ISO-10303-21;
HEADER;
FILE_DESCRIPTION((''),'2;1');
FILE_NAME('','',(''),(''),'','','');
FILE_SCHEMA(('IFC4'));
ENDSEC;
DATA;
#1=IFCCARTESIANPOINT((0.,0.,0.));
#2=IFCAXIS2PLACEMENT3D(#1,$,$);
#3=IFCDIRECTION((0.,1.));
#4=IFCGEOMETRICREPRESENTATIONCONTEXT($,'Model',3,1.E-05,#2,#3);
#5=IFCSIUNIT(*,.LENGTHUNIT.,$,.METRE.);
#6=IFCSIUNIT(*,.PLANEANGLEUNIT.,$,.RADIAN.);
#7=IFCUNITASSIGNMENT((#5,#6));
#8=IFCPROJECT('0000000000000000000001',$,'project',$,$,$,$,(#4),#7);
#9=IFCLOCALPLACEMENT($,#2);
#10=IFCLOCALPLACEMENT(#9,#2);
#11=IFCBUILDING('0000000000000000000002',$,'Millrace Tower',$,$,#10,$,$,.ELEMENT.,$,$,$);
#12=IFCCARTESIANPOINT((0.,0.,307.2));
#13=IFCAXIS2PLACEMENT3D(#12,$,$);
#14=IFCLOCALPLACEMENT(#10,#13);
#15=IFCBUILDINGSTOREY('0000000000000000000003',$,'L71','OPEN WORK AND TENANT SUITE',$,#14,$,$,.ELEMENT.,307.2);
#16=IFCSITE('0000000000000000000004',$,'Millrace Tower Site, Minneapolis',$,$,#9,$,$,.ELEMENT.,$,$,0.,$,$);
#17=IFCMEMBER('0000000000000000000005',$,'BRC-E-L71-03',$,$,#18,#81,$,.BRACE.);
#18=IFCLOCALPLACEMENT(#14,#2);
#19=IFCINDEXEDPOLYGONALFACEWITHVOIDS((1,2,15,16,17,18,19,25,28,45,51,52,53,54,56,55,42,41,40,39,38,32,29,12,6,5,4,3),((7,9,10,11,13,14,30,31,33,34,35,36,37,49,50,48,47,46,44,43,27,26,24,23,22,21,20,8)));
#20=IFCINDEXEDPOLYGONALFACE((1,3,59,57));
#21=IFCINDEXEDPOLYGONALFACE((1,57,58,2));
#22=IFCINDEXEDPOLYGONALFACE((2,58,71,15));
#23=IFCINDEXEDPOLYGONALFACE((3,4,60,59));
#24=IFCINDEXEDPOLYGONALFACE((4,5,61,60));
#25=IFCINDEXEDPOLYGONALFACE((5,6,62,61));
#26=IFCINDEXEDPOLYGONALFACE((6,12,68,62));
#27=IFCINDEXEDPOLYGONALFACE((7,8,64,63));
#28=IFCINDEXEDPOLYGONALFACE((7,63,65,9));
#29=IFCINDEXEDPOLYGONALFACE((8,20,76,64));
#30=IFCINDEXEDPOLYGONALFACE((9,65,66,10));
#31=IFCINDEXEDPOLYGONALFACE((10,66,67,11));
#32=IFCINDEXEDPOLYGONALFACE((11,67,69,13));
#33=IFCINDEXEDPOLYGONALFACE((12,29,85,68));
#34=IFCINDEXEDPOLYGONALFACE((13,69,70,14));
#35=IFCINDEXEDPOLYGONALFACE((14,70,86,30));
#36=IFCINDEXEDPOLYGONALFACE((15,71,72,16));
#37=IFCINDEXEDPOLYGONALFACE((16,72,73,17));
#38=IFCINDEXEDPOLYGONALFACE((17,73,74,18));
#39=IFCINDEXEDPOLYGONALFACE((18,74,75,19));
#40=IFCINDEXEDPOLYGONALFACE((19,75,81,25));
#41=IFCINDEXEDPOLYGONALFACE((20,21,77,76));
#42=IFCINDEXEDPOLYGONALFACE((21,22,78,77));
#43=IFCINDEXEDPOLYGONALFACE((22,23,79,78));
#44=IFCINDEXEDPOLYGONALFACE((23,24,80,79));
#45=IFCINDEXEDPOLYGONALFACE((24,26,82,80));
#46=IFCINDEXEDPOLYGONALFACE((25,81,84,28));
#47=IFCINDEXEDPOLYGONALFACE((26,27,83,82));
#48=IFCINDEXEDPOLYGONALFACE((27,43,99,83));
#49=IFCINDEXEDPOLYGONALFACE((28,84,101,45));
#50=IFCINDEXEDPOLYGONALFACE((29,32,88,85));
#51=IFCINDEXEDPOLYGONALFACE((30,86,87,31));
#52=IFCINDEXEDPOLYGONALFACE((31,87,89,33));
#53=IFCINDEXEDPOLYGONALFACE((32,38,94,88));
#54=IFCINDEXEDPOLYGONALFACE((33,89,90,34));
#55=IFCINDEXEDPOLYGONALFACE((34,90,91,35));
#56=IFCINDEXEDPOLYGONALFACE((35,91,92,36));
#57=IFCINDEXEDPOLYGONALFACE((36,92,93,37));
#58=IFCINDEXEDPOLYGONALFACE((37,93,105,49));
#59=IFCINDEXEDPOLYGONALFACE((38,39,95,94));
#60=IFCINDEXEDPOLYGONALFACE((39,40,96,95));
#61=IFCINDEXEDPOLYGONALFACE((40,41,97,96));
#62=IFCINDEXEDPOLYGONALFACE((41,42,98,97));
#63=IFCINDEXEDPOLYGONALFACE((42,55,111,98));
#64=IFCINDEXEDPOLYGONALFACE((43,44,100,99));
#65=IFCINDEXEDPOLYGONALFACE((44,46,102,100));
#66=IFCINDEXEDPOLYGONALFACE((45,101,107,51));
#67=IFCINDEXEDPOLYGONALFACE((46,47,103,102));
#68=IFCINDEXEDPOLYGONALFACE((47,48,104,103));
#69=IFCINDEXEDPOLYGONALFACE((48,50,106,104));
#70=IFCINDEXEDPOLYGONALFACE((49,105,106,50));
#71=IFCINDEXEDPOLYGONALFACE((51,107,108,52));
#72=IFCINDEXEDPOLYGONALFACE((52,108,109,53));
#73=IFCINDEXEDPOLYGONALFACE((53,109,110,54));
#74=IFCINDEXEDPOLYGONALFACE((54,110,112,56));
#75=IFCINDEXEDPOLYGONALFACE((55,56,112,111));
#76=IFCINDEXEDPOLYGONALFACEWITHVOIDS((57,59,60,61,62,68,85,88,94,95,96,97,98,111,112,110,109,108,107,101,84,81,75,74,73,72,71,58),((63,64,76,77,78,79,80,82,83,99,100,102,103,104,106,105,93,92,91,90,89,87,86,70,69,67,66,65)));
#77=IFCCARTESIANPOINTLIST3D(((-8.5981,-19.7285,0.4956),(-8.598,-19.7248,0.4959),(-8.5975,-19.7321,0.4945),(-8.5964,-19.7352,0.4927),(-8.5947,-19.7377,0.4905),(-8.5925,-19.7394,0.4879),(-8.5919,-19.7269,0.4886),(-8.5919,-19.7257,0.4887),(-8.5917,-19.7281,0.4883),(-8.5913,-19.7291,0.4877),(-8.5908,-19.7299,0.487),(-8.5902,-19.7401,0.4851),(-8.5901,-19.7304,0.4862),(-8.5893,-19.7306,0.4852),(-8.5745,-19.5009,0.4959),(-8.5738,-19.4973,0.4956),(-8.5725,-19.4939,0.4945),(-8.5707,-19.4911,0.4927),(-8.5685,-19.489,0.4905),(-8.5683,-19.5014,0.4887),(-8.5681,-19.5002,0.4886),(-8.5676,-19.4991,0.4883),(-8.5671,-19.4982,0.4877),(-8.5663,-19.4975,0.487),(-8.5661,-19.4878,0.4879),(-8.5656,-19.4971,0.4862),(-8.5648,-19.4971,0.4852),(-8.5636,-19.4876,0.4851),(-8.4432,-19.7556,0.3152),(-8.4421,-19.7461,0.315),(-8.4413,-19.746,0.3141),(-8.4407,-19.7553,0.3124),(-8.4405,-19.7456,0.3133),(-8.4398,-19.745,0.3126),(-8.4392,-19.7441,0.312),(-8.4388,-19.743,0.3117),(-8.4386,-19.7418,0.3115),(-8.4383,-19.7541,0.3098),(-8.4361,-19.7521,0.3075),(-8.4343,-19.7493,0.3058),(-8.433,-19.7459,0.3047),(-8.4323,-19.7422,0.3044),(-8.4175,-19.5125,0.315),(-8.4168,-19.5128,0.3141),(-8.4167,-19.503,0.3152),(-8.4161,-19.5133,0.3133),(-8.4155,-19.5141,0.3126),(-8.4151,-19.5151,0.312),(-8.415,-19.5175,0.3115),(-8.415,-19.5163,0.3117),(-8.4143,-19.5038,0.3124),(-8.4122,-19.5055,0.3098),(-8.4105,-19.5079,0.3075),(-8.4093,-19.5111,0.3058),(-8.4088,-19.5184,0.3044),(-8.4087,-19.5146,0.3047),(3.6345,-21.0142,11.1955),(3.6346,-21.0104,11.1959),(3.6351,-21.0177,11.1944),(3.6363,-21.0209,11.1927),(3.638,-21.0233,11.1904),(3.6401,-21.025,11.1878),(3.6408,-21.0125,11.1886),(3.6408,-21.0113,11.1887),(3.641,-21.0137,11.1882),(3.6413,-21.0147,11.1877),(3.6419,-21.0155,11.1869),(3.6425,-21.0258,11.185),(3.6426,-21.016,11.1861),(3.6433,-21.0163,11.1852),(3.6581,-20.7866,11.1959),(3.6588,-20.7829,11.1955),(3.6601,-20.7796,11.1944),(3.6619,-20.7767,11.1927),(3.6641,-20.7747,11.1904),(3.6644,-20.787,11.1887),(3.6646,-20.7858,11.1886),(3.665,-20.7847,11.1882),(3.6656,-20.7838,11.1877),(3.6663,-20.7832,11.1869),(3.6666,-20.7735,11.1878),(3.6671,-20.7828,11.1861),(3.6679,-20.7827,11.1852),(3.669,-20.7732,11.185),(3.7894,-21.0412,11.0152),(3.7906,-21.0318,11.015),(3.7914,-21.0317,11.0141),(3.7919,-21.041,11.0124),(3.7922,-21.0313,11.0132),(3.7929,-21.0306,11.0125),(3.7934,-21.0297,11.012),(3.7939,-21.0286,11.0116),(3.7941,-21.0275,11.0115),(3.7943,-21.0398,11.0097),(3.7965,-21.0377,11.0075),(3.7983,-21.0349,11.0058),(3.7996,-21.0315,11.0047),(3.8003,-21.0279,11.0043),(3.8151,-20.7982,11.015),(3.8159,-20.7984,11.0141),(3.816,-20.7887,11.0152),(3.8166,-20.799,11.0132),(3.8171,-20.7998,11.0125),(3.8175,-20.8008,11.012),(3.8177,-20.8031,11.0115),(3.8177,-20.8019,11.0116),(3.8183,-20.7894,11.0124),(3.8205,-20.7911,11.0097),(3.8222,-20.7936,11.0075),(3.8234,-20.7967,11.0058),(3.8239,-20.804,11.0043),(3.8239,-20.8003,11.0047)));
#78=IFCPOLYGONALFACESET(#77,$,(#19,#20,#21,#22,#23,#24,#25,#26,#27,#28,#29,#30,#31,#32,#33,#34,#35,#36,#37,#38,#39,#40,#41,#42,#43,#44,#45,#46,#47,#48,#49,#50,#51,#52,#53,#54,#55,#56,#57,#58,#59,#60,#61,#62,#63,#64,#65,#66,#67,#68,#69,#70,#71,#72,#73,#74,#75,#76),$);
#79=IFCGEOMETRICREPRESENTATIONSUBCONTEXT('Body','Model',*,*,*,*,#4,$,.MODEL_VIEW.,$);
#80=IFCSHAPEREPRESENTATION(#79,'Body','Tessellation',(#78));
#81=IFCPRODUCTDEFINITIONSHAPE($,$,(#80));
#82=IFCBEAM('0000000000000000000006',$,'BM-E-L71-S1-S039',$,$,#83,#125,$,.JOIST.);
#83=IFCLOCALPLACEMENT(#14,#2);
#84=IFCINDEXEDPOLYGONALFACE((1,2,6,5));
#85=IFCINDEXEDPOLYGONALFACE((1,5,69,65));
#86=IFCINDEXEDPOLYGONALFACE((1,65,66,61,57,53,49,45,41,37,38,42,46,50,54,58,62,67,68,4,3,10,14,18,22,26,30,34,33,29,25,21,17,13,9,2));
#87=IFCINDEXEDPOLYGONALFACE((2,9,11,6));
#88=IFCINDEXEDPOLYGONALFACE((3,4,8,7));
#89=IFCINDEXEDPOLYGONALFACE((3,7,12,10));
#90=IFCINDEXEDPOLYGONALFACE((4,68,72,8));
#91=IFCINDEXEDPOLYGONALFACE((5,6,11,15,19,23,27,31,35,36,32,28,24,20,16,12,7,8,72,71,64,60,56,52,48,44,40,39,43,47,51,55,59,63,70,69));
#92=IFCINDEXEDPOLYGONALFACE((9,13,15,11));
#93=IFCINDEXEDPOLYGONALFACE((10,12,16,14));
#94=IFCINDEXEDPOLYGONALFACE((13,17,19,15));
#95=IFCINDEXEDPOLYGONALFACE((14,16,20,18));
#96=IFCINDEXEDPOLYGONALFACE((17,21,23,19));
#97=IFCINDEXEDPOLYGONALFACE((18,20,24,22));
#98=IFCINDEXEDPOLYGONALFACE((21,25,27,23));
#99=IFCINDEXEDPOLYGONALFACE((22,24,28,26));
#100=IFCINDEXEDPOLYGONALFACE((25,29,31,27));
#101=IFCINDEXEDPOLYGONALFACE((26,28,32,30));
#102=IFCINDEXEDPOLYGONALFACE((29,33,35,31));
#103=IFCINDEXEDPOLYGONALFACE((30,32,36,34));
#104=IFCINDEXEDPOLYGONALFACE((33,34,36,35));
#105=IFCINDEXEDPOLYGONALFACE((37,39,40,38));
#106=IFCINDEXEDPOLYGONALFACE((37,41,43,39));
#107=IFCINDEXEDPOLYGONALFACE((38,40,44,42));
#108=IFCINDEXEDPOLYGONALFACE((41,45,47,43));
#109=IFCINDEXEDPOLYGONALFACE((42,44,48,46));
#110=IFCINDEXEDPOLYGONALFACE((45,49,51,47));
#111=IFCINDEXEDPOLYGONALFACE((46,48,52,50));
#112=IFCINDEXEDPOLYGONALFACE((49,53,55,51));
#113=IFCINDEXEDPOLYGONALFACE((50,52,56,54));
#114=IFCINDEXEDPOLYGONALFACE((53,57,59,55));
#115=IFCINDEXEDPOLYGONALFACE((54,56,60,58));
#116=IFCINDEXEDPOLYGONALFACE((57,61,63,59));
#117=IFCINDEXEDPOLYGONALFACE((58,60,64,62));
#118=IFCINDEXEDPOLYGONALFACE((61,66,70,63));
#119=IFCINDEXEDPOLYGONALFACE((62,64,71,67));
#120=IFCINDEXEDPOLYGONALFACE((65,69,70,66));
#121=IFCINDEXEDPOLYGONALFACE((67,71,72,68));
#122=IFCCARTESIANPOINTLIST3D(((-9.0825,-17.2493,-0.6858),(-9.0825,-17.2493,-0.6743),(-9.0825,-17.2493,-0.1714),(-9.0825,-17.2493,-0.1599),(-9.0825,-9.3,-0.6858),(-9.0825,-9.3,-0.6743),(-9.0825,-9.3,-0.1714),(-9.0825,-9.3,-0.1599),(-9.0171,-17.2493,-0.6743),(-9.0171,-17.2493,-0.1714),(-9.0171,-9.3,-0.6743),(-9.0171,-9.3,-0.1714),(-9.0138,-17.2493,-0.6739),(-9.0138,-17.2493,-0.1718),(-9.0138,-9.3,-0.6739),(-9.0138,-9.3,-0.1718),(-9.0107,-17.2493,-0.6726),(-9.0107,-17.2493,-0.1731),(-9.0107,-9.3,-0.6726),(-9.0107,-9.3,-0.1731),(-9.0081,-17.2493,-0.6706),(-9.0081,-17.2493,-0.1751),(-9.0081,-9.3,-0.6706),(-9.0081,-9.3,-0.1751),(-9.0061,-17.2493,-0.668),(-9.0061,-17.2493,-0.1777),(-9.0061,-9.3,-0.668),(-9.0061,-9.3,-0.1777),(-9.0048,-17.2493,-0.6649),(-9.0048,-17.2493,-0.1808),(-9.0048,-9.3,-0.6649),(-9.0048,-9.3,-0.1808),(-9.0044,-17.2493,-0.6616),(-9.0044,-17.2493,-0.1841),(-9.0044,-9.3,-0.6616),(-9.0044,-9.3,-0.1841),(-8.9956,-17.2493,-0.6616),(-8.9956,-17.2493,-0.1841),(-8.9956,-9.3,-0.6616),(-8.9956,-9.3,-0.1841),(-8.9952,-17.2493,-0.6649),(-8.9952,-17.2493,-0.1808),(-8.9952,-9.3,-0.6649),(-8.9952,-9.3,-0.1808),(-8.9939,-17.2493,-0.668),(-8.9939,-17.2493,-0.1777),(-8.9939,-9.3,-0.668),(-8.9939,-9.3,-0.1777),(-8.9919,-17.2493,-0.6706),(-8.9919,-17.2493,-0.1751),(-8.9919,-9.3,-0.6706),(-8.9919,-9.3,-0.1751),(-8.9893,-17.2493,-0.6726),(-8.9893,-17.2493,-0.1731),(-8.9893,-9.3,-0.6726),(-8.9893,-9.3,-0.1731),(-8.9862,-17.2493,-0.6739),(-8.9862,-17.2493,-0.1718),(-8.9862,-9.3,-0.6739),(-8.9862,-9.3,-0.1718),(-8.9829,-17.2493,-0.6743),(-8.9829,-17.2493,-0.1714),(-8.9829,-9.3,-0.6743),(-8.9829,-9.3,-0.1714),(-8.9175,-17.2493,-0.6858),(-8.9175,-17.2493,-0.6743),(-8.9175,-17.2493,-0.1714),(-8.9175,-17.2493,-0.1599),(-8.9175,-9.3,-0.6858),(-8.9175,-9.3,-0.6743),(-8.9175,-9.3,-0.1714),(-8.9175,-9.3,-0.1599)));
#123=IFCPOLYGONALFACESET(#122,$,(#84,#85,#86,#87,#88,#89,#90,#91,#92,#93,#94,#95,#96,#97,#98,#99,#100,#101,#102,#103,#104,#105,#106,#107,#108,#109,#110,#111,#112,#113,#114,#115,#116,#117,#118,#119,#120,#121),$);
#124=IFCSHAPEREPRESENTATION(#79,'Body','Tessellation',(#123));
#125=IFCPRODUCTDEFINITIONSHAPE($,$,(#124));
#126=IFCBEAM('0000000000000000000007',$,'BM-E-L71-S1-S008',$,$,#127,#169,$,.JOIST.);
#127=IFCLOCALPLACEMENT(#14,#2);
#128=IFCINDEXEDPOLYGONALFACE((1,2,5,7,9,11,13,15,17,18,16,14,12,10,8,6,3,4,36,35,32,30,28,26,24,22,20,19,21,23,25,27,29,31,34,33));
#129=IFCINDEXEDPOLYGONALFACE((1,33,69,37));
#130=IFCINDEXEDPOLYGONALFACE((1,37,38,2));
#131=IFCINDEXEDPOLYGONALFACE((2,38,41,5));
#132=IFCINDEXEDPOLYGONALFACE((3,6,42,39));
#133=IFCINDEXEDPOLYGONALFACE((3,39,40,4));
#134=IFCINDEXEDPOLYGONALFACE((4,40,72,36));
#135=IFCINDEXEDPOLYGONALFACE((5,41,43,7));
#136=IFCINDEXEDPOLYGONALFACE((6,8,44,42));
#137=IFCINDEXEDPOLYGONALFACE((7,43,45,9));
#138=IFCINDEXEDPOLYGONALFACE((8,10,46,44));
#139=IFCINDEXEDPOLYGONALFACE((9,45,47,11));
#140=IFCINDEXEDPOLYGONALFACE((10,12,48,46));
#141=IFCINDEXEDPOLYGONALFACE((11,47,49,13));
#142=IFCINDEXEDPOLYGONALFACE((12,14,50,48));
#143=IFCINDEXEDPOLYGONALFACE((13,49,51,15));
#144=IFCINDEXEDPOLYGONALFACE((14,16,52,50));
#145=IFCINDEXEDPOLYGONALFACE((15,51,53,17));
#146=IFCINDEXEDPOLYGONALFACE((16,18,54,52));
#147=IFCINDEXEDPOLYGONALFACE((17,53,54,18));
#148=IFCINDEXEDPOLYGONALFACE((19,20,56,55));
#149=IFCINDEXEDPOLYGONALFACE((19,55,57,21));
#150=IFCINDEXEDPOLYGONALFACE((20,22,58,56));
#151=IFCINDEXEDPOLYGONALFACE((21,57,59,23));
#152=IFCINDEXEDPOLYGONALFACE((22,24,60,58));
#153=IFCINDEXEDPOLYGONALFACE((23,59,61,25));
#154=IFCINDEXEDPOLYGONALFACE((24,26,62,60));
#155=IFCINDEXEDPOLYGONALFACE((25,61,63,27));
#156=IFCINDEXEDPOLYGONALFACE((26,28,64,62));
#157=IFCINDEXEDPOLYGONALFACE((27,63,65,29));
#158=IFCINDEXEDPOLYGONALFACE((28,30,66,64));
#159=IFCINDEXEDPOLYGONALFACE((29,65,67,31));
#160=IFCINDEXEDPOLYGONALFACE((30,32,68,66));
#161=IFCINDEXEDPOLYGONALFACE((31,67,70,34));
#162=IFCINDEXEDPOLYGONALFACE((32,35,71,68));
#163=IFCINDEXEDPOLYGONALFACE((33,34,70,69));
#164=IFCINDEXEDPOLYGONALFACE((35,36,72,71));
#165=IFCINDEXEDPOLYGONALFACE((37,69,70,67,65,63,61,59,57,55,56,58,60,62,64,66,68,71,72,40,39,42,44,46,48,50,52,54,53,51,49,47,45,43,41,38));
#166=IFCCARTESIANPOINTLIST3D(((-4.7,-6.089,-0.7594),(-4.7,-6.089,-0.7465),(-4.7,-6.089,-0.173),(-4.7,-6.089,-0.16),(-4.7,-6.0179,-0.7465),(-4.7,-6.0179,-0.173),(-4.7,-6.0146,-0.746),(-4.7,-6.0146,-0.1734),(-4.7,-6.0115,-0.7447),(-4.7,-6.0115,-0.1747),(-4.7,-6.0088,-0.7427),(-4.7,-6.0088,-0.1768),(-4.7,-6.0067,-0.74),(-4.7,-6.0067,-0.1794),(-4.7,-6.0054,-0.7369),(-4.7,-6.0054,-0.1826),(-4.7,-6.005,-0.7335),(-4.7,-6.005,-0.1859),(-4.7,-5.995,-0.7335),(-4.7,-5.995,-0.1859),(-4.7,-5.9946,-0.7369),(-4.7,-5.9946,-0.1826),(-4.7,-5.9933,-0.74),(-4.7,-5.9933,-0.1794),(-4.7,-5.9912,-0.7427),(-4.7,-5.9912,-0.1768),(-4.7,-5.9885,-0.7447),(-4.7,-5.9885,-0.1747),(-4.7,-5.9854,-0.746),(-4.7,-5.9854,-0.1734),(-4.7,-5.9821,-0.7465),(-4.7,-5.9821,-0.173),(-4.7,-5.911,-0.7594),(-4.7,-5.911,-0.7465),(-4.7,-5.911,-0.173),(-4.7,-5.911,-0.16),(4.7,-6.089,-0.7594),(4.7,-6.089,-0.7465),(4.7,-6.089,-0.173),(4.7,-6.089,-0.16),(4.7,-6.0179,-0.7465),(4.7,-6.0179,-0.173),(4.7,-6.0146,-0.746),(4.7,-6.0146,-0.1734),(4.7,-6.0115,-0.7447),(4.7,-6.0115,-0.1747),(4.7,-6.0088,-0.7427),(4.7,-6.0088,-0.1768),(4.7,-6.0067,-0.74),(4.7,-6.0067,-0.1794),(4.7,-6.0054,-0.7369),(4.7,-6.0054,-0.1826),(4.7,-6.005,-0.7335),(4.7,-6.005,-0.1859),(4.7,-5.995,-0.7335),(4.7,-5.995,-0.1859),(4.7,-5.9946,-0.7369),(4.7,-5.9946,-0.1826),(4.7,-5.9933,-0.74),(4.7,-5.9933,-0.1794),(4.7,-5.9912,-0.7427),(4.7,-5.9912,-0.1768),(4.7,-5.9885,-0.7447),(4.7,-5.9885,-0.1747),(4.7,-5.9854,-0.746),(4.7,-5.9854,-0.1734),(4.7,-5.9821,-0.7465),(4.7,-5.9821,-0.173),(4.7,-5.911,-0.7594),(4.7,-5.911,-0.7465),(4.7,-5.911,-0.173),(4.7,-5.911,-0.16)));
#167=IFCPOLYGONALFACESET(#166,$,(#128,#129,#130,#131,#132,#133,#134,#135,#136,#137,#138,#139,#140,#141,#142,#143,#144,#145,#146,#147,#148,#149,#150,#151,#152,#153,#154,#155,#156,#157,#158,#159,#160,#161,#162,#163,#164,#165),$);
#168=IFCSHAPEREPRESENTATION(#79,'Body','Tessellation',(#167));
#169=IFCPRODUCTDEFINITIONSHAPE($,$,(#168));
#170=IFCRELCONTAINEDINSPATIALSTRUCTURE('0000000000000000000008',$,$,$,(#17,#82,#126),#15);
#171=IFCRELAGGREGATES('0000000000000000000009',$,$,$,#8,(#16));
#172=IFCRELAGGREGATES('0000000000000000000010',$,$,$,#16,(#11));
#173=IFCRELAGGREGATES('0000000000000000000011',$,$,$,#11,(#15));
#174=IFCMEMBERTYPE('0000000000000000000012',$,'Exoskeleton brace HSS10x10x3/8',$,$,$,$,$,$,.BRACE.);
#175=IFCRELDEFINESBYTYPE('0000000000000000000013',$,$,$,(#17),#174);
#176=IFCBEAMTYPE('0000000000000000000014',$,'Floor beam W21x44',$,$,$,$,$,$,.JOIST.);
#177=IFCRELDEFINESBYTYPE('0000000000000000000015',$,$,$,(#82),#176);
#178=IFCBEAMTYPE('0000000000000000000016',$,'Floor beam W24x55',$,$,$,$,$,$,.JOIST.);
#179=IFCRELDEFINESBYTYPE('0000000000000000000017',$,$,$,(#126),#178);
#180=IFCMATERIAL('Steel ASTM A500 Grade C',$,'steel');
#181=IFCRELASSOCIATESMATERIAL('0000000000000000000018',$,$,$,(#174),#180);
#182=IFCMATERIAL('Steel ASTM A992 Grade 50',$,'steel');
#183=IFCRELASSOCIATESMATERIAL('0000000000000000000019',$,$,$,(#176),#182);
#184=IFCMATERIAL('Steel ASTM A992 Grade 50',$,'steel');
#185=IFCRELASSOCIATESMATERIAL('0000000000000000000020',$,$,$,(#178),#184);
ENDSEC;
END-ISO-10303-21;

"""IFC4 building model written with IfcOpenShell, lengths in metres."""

from ifc_helpers import new_model, si_unit, direction, frame, origin, origin_2d, place, context, subcontext, project, spatial, hollow_rectangle, i_section, extrude, material, material_profile, profile_set, type_object, element, save


model = new_model("IFC4")

# Units and contexts
model_context = context("Model", 3, precision=1e-05, world=origin(), true_north=direction((0.0, 1.0)))
body_context = subcontext(model_context, "Body", "Model", "MODEL_VIEW")
ifc_project = project(units=[si_unit("LENGTHUNIT", "METRE"), si_unit("PLANEANGLEUNIT", "RADIAN")], contexts=[model_context])

# Site, building, storey
site_placement = place(None, origin())
site = spatial("IfcSite", under=ifc_project, at=site_placement, Name="Millrace Tower Site, Minneapolis", CompositionType="ELEMENT", RefElevation=0.0)
building_placement = place(site_placement, origin())
building = spatial("IfcBuilding", under=site, at=building_placement, Name="Millrace Tower", CompositionType="ELEMENT")
storey_placement = place(building_placement, frame((0.0, 0.0, 307.2)))
storey = spatial("IfcBuildingStorey", under=building, at=storey_placement, Name="L71", Description="OPEN WORK AND TENANT SUITE", CompositionType="ELEMENT", Elevation=307.2)

# Member
ifc_material_1 = material(Name="Steel ASTM A500 Grade C", Category="steel")
ifc_material_profile_1 = material_profile(ifc_material_1, hollow_rectangle(XDim=0.2539, YDim=0.2539, WallThickness=0.0095, InnerFilletRadius=0.0046, OuterFilletRadius=0.0144, at=origin_2d()))
ifc_profile_set_1 = profile_set([ifc_material_profile_1], Name="Steel ASTM A500 Grade C")
member_type_1 = type_object("IfcMemberType", Name="Exoskeleton brace HSS10x10x3/8", PredefinedType="BRACE", material=ifc_profile_set_1)
member_1_placement = place(storey_placement, frame((-8.5034, -19.6216, 0.4001), z_axis=(0.750343, -0.078861, 0.656328), x_axis=(0.104524, 0.994522, 0.0)))
element("IfcMember", 1, at=member_1_placement, inside=storey, type_object=member_type_1, Name="BRC-E-L71-03", PredefinedType="BRACE", context=body_context, shape_type="SweptSolid", body=[
    extrude(hollow_rectangle(XDim=0.2539, YDim=0.2539, WallThickness=0.0095, InnerFilletRadius=0.0046, OuterFilletRadius=0.0144, at=origin_2d()), origin(), (0.0, 0.0, 1.0), 16.3027),
])

# Beams
ifc_material_2 = material(Name="Steel ASTM A992 Grade 50", Category="steel")
ifc_material_profile_2 = material_profile(ifc_material_2, i_section(OverallWidth=0.165, OverallDepth=0.5259, WebThickness=0.0088, FlangeThickness=0.0115, FilletRadius=0.0127, at=origin_2d()))
ifc_profile_set_2 = profile_set([ifc_material_profile_2], Name="Steel ASTM A992 Grade 50")
beam_type_1 = type_object("IfcBeamType", Name="Floor beam W21x44", PredefinedType="JOIST", material=ifc_profile_set_2)
beam_1_placement = place(storey_placement, frame((-9.0, -17.2493, -0.4229), z_axis=(0.0, 1.0, 0.0), x_axis=(-1.0, 0.0, 0.0)))
element("IfcBeam", 2, at=beam_1_placement, inside=storey, type_object=beam_type_1, Name="BM-E-L71-S1-S039", PredefinedType="JOIST", context=body_context, shape_type="SweptSolid", body=[
    extrude(i_section(OverallWidth=0.165, OverallDepth=0.5259, WebThickness=0.0088, FlangeThickness=0.0115, FilletRadius=0.0127, at=origin_2d()), origin(), (0.0, 0.0, 1.0), 7.9492),
])
ifc_material_3 = material(Name="Steel ASTM A992 Grade 50", Category="steel")
ifc_material_profile_3 = material_profile(ifc_material_3, i_section(OverallWidth=0.178, OverallDepth=0.5994, WebThickness=0.01, FlangeThickness=0.0129, FilletRadius=0.0129, at=origin_2d()))
ifc_profile_set_3 = profile_set([ifc_material_profile_3], Name="Steel ASTM A992 Grade 50")
beam_type_2 = type_object("IfcBeamType", Name="Floor beam W24x55", PredefinedType="JOIST", material=ifc_profile_set_3)
beam_2_placement = place(storey_placement, frame((-4.7, -6.0, -0.4597), z_axis=(1.0, 0.0, 0.0), x_axis=(0.0, 1.0, 0.0)))
element("IfcBeam", 3, at=beam_2_placement, inside=storey, type_object=beam_type_2, Name="BM-E-L71-S1-S008", PredefinedType="JOIST", context=body_context, shape_type="SweptSolid", body=[
    extrude(i_section(OverallWidth=0.178, OverallDepth=0.5994, WebThickness=0.01, FlangeThickness=0.0129, FilletRadius=0.0129, at=origin_2d()), origin(), (0.0, 0.0, 1.0), 9.3999),
])

save(model, "model.ifc")
